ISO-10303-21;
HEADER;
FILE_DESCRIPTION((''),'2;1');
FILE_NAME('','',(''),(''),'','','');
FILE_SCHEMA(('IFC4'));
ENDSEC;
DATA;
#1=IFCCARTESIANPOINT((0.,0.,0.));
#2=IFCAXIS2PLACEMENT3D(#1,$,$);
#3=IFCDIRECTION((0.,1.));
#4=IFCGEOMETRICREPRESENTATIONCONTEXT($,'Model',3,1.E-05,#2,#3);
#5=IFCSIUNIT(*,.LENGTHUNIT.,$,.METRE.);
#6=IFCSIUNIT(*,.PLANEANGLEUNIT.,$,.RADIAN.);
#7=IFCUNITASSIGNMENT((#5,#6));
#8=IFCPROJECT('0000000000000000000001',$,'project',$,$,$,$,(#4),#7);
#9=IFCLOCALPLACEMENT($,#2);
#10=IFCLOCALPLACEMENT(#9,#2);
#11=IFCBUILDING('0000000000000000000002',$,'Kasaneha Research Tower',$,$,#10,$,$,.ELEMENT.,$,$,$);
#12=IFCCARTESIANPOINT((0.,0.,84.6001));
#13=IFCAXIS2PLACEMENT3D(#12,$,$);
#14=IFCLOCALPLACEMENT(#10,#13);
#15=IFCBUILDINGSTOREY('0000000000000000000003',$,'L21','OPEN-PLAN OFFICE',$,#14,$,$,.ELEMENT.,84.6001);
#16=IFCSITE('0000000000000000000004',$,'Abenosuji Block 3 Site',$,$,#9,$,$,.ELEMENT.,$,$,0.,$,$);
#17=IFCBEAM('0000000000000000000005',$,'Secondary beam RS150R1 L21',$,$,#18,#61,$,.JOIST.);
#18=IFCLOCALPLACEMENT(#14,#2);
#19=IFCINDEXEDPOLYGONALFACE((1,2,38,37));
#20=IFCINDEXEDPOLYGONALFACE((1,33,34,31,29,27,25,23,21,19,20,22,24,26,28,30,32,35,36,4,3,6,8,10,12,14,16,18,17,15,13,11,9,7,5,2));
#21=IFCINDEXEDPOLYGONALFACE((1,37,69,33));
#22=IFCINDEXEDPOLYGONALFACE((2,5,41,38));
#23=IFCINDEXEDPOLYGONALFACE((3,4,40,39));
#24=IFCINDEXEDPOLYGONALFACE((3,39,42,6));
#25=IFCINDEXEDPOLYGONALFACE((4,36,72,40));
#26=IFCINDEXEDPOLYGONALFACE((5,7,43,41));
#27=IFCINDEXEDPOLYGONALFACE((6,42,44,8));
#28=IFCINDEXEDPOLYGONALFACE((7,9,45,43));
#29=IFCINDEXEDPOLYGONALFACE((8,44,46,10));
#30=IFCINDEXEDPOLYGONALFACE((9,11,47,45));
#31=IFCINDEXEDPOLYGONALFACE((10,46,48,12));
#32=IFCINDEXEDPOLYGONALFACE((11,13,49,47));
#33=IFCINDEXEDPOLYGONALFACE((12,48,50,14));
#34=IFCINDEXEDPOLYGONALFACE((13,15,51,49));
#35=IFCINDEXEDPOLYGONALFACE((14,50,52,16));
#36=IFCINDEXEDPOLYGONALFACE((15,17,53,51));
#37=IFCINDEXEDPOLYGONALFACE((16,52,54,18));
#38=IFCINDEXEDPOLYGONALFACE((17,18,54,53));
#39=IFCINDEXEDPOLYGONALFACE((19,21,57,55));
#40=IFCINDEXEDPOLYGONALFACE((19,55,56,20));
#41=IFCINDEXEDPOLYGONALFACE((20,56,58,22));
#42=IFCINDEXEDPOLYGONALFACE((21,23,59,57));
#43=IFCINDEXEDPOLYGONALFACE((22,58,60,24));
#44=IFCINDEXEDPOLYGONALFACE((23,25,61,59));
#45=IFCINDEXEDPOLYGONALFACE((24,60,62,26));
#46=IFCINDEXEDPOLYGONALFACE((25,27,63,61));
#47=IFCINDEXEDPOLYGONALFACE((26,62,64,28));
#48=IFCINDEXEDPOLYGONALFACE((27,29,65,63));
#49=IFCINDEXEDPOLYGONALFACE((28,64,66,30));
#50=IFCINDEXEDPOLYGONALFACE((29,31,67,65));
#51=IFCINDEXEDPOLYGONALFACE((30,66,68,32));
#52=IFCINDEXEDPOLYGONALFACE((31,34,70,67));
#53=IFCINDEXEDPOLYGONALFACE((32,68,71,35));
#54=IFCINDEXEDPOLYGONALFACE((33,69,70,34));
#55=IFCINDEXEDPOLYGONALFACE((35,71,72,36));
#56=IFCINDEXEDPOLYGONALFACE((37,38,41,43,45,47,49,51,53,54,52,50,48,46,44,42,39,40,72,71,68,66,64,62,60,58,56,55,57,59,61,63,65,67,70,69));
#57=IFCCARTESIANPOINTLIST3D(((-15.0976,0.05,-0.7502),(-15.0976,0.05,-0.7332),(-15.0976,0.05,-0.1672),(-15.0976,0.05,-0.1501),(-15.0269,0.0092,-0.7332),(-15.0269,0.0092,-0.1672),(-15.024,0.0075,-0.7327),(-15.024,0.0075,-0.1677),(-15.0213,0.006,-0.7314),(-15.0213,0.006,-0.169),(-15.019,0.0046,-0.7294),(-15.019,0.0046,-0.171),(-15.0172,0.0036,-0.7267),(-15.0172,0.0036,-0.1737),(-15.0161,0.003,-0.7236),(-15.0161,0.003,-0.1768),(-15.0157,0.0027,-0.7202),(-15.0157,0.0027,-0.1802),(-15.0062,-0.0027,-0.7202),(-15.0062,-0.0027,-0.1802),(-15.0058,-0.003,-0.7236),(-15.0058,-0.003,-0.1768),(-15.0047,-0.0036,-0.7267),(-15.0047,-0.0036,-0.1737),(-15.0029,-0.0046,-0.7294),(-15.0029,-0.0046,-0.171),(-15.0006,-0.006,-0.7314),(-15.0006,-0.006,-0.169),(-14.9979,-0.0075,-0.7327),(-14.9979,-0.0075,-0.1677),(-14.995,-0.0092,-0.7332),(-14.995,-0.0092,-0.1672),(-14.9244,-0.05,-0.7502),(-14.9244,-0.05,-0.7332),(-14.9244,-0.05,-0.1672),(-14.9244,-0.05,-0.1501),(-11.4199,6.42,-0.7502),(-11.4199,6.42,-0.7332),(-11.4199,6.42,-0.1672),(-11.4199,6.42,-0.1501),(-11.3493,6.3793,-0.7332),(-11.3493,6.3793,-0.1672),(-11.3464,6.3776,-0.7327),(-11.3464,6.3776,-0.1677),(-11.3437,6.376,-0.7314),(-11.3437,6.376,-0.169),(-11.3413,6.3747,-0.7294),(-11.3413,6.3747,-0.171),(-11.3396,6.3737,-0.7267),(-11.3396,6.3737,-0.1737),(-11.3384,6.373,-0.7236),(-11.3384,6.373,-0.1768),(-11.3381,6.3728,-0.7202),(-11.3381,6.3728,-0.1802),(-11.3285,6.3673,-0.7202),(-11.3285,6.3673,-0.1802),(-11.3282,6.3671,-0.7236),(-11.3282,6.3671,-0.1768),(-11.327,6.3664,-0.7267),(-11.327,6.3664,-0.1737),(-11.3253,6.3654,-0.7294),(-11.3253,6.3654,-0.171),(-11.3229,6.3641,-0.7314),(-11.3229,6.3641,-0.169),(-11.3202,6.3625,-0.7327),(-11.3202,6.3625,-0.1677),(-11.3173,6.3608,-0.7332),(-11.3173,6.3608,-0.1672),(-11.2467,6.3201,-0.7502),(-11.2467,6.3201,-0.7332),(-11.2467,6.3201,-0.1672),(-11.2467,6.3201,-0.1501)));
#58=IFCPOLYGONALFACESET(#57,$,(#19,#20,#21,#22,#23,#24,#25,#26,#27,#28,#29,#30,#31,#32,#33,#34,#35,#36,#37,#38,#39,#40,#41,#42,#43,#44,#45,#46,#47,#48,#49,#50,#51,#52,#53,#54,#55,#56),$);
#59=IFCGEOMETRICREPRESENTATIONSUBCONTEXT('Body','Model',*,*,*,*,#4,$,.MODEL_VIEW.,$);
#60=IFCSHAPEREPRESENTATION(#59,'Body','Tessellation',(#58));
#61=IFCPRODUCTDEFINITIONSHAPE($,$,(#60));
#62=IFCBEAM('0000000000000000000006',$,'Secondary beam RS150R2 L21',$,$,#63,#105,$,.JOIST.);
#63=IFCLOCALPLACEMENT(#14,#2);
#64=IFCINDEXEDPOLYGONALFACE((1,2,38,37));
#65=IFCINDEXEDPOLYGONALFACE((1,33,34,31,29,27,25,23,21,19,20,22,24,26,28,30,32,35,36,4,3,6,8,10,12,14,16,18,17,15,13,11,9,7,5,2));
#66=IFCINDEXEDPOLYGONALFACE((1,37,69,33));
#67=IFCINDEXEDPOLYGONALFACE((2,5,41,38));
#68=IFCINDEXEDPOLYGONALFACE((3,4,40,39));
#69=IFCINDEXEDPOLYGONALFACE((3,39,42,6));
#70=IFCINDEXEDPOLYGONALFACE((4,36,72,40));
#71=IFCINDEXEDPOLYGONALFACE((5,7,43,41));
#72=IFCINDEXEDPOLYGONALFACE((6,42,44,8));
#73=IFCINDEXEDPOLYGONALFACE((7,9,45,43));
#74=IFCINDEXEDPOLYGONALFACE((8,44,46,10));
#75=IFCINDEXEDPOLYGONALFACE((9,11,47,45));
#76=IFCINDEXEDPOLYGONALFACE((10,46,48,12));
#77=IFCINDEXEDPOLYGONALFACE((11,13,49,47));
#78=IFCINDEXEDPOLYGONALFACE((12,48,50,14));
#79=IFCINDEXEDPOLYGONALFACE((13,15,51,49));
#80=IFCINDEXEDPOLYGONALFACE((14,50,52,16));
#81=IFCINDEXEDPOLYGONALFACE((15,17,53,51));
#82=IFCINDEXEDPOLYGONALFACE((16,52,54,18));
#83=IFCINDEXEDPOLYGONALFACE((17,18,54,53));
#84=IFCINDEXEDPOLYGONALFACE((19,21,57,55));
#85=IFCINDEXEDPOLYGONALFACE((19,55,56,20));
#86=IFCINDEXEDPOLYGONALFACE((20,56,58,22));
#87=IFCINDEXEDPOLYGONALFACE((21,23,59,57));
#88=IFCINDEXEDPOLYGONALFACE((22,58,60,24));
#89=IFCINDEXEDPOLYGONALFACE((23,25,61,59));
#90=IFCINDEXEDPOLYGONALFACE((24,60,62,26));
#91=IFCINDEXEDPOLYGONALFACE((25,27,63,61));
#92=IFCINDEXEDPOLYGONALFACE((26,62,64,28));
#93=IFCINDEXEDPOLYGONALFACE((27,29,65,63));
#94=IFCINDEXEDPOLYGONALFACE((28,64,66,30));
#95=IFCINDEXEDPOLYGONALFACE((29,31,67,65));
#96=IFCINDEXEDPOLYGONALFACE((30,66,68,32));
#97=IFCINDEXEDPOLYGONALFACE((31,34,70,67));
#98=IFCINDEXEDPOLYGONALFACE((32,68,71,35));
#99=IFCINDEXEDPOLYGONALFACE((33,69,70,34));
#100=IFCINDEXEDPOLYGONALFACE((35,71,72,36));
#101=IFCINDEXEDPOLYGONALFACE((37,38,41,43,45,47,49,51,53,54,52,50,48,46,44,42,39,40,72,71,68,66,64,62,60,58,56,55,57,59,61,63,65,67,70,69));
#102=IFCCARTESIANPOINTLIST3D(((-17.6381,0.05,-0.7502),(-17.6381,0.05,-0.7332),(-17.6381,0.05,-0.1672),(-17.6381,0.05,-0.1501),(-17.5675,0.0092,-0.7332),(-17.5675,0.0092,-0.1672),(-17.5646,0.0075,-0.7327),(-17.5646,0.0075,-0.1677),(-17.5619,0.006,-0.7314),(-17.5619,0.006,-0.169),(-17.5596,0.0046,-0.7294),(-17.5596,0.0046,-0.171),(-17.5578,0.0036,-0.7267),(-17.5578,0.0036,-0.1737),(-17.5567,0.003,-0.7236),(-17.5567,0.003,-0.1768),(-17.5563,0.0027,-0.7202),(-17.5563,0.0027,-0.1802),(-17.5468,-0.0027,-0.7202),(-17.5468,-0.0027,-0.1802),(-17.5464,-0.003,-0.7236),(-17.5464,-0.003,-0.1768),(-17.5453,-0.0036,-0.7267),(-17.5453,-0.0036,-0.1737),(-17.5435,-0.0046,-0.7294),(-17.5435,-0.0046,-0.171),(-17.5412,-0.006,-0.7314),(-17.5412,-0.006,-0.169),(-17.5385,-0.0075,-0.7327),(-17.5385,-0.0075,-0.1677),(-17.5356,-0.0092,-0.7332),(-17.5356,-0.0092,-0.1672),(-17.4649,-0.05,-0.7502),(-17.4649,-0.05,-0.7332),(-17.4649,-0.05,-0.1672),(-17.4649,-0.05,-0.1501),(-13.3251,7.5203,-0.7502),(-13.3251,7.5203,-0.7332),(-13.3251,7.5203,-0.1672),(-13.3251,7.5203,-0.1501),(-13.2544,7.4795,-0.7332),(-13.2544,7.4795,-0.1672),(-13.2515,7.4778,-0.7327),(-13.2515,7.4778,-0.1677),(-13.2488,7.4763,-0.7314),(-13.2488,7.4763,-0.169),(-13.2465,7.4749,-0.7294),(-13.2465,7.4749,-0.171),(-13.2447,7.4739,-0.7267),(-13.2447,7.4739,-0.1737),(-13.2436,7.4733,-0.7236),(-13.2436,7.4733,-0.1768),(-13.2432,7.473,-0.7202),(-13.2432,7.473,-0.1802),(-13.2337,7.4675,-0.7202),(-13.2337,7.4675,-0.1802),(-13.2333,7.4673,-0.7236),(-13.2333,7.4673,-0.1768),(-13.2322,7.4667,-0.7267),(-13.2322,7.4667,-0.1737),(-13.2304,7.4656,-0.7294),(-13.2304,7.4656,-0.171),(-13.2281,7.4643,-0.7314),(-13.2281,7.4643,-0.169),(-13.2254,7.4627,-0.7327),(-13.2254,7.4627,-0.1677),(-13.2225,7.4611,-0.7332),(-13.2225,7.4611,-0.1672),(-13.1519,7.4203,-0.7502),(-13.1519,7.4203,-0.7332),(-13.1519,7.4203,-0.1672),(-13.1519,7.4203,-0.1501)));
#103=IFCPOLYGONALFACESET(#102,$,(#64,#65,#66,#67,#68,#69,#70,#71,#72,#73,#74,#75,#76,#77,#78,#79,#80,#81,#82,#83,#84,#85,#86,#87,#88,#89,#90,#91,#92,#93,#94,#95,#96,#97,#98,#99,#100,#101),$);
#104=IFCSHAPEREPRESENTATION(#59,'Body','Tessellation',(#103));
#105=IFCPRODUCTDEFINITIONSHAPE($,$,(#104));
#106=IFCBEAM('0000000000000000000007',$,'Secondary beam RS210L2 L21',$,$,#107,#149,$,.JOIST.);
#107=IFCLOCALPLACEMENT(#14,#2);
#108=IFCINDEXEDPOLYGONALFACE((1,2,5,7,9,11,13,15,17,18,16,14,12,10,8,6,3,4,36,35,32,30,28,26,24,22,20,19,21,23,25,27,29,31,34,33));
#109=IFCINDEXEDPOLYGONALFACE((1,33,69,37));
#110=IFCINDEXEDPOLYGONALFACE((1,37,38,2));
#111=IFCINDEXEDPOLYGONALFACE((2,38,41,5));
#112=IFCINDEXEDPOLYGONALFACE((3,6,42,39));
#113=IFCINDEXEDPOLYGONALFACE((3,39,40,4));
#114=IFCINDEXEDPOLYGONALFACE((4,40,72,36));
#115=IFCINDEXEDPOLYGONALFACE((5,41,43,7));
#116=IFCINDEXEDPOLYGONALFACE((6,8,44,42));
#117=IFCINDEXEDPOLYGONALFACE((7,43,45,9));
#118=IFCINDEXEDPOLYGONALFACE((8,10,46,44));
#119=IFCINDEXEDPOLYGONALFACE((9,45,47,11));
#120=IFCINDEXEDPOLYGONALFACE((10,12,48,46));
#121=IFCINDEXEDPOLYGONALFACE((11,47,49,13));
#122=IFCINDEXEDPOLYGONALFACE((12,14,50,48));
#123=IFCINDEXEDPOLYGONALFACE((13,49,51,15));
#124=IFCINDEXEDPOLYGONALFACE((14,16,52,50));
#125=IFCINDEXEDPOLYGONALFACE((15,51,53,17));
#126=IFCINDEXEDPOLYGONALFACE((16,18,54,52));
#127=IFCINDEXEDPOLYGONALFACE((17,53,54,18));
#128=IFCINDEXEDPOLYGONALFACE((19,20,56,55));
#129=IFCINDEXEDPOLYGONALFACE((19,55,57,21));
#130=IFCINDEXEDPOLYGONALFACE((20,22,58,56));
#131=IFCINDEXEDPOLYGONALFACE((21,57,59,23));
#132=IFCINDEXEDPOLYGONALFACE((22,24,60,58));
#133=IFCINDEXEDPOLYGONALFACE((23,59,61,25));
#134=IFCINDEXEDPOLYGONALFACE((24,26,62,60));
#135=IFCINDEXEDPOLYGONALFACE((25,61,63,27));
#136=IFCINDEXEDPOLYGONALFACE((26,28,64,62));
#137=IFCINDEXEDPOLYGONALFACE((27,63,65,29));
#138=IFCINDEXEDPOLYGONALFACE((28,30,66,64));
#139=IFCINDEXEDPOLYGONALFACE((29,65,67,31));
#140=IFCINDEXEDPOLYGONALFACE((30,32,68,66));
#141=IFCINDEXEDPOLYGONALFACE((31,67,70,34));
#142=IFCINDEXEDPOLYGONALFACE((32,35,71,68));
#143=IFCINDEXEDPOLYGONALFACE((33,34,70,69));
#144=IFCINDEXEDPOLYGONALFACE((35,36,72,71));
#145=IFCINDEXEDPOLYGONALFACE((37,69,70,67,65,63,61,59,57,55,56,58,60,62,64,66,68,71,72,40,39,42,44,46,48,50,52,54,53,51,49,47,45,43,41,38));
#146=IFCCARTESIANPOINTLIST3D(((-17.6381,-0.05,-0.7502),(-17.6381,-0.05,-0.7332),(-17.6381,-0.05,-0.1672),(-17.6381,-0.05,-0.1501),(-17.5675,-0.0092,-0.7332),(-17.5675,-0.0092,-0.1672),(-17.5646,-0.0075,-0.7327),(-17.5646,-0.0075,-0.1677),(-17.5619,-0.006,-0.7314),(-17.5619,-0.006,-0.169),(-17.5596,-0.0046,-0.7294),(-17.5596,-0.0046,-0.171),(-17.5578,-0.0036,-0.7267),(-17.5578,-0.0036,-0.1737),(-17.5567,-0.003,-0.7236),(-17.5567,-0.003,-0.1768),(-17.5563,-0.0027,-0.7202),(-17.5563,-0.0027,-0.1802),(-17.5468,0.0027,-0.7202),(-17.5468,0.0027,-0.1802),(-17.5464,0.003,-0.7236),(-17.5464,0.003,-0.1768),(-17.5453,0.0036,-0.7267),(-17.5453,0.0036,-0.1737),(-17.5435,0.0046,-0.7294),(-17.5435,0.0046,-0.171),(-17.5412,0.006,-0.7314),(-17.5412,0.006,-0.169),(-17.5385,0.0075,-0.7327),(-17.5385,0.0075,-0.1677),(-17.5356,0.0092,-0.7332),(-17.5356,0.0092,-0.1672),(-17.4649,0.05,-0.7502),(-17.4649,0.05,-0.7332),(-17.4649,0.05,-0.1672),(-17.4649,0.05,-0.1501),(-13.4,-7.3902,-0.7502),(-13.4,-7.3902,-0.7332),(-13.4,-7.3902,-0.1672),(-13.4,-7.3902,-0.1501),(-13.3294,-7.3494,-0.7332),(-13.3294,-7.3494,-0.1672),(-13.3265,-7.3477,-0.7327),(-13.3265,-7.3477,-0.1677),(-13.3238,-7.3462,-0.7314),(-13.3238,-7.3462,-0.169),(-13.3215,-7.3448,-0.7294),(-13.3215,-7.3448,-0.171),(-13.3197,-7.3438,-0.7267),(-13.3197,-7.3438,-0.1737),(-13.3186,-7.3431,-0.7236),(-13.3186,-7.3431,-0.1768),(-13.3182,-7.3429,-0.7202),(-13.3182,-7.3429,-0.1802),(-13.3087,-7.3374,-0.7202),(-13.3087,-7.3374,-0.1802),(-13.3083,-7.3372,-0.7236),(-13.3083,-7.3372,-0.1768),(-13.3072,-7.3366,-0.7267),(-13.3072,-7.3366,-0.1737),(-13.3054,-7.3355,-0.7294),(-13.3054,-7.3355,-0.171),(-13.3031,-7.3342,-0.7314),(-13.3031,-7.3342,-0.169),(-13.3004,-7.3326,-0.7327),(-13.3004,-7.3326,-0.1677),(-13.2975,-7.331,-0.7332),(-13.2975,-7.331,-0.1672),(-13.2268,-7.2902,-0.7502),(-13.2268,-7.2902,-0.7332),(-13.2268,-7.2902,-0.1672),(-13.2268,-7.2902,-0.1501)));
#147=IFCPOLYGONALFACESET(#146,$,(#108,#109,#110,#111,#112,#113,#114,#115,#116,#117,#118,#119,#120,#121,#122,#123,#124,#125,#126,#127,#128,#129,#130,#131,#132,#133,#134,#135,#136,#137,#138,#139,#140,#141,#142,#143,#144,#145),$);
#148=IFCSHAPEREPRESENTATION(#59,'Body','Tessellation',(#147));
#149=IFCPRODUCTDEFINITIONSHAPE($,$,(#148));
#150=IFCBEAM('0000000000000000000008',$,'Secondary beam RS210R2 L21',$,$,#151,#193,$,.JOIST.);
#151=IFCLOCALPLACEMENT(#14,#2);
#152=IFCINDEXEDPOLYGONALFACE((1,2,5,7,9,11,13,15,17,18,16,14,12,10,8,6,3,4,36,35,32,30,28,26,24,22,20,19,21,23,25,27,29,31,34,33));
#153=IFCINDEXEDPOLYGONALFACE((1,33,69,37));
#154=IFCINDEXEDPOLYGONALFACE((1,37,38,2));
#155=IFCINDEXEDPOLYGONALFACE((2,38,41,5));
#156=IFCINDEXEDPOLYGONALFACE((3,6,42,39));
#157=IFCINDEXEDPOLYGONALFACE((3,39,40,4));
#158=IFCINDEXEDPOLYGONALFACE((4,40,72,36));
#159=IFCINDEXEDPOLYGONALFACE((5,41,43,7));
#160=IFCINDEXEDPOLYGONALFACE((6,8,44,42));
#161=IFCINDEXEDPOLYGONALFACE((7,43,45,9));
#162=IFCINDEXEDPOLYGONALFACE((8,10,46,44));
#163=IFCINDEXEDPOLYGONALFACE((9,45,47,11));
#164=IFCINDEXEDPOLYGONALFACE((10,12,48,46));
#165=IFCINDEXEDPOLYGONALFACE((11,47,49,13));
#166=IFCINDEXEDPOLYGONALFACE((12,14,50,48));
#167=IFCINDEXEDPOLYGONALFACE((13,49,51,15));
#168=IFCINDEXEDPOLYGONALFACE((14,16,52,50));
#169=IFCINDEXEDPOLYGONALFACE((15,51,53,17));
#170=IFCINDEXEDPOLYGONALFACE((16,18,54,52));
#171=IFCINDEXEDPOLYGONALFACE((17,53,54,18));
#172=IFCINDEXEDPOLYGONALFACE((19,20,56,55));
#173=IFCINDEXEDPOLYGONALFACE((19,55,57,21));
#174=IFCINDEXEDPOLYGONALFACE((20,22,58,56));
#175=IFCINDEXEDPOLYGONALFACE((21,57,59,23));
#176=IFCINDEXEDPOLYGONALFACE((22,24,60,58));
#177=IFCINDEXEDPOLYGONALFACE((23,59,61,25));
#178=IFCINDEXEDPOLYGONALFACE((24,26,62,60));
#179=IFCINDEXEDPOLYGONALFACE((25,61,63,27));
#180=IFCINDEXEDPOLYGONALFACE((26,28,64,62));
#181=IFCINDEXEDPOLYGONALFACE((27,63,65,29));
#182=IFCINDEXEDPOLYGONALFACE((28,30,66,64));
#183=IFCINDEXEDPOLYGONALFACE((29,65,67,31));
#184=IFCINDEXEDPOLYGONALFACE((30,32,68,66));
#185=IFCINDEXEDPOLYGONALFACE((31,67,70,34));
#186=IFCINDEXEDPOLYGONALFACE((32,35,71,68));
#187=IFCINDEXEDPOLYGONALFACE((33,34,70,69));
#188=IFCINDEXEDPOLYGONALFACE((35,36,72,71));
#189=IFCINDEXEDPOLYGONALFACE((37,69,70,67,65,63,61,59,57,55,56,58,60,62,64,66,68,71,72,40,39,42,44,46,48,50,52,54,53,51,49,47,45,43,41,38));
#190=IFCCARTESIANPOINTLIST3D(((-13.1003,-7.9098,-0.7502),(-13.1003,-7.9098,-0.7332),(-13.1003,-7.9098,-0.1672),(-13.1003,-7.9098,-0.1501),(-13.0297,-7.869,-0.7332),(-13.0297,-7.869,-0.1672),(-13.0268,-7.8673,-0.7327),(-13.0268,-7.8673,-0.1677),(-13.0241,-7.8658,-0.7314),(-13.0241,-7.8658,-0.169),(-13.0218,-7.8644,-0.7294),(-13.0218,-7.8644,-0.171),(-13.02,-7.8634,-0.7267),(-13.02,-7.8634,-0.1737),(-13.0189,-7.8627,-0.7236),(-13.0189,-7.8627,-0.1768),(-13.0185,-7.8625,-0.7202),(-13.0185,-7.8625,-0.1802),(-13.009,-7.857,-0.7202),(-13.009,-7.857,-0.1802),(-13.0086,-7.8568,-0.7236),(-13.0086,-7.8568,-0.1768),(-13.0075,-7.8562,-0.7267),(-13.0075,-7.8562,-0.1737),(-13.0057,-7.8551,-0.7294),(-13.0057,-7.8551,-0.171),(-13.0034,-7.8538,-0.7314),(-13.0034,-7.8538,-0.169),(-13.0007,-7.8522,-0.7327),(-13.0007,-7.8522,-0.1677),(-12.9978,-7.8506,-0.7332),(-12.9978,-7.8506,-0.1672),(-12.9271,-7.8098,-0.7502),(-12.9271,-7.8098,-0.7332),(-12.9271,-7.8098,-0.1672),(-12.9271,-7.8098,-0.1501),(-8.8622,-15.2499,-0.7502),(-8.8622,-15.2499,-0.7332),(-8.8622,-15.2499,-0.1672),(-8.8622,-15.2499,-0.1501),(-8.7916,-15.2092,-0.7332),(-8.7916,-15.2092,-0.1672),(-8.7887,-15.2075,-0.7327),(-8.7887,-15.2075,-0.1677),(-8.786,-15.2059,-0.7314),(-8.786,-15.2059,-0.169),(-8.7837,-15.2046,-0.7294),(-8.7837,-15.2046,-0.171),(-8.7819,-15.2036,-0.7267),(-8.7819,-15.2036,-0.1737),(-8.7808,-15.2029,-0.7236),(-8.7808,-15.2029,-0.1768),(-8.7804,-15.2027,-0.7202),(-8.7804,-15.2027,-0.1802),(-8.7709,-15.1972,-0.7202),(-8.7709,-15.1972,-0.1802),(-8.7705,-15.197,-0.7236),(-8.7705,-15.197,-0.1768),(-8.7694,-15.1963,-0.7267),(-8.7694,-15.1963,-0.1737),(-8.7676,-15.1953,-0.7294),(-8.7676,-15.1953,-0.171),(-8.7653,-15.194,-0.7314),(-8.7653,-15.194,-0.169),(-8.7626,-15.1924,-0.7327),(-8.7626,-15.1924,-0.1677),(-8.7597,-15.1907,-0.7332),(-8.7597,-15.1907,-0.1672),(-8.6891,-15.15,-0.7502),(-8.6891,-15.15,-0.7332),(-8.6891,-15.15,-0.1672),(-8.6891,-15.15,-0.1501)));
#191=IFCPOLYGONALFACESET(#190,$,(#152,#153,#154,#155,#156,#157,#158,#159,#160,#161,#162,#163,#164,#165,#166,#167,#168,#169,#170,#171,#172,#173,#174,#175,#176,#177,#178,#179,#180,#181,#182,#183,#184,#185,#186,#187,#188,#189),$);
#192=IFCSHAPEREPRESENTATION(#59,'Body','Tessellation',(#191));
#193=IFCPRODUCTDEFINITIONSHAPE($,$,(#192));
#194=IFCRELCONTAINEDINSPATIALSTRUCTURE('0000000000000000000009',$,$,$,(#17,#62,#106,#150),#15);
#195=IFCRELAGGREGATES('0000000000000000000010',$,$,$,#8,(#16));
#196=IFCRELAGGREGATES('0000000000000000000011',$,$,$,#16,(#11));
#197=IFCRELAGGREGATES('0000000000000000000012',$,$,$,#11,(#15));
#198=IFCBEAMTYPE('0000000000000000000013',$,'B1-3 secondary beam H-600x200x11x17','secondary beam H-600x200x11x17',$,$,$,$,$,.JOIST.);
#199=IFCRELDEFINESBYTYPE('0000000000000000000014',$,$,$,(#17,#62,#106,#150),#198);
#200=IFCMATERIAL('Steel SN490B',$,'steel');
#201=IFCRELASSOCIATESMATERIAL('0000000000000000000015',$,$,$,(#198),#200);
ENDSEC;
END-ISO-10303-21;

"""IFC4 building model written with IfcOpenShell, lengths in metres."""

from ifc_helpers import new_model, si_unit, direction, frame, origin, origin_2d, place, context, subcontext, project, spatial, i_section, extrude, material, material_profile, profile_set, type_object, element, save


model = new_model("IFC4")

# Units and contexts
model_context = context("Model", 3, precision=1e-05, world=origin(), true_north=direction((0.0, 1.0)))
body_context = subcontext(model_context, "Body", "Model", "MODEL_VIEW")
ifc_project = project(units=[si_unit("LENGTHUNIT", "METRE"), si_unit("PLANEANGLEUNIT", "RADIAN")], contexts=[model_context])

# Site, building, storey
site_placement = place(None, origin())
site = spatial("IfcSite", under=ifc_project, at=site_placement, Name="Abenosuji Block 3 Site", CompositionType="ELEMENT", RefElevation=0.0)
building_placement = place(site_placement, origin())
building = spatial("IfcBuilding", under=site, at=building_placement, Name="Kasaneha Research Tower", CompositionType="ELEMENT")
storey_placement = place(building_placement, frame((0.0, 0.0, 84.6001)))
storey = spatial("IfcBuildingStorey", under=building, at=storey_placement, Name="L21", Description="OPEN-PLAN OFFICE", CompositionType="ELEMENT", Elevation=84.6001)

# Beams
ifc_material_1 = material(Name="Steel SN490B", Category="steel")
ifc_material_profile = material_profile(ifc_material_1, i_section(OverallWidth=0.2, OverallDepth=0.6001, WebThickness=0.011, FlangeThickness=0.0171, FilletRadius=0.0129, at=origin_2d()), Name="H-600x200x11x17")
ifc_profile_set = profile_set([ifc_material_profile], Name="Steel SN490B")
beam_type = type_object("IfcBeamType", Name="B1-3 secondary beam H-600x200x11x17", Description="secondary beam H-600x200x11x17", PredefinedType="JOIST", material=ifc_profile_set)
beam_1_placement = place(storey_placement, frame((-15.011, 0.0, -0.4502), z_axis=(0.499994, 0.866029, 0.0), x_axis=(-0.866029, 0.499994, 0.0)))
element("IfcBeam", 1, at=beam_1_placement, inside=storey, type_object=beam_type, Name="Secondary beam RS150R1 L21", PredefinedType="JOIST", context=body_context, shape_type="SweptSolid", body=[
    extrude(i_section(OverallWidth=0.2, OverallDepth=0.6001, WebThickness=0.011, FlangeThickness=0.0171, FilletRadius=0.0129, at=origin_2d()), origin(), (0.0, 0.0, 1.0), 7.3555),
])
beam_2_placement = place(storey_placement, frame((-17.5515, 0.0, -0.4502), z_axis=(0.500005, 0.866023, 0.0), x_axis=(-0.866023, 0.500005, 0.0)))
element("IfcBeam", 2, at=beam_2_placement, inside=storey, type_object=beam_type, Name="Secondary beam RS150R2 L21", PredefinedType="JOIST", context=body_context, shape_type="SweptSolid", body=[
    extrude(i_section(OverallWidth=0.2, OverallDepth=0.6001, WebThickness=0.011, FlangeThickness=0.0171, FilletRadius=0.0129, at=origin_2d()), origin(), (0.0, 0.0, 1.0), 8.626),
])
for number, where, z_axis, x_axis, name in (
    (3, (-17.5515, 0.0, -0.4502), (0.500021, -0.866013, 0.0), (0.866013, 0.500021, 0.0), "Secondary beam RS210L2 L21"),
    (4, (-8.7756, -15.2, -0.4502), (-0.500021, 0.866013, 0.0), (-0.866013, -0.500021, 0.0), "Secondary beam RS210R2 L21"),
):
    element("IfcBeam", number, at=place(storey_placement, frame(where, z_axis=z_axis, x_axis=x_axis)), inside=storey, type_object=beam_type, Name=name, PredefinedType="JOIST", context=body_context, shape_type="SweptSolid", body=[
        extrude(i_section(OverallWidth=0.2, OverallDepth=0.6001, WebThickness=0.011, FlangeThickness=0.0171, FilletRadius=0.0129, at=origin_2d()), origin(), (0.0, 0.0, 1.0), 8.4758),
    ])

save(model, "model.ifc")
